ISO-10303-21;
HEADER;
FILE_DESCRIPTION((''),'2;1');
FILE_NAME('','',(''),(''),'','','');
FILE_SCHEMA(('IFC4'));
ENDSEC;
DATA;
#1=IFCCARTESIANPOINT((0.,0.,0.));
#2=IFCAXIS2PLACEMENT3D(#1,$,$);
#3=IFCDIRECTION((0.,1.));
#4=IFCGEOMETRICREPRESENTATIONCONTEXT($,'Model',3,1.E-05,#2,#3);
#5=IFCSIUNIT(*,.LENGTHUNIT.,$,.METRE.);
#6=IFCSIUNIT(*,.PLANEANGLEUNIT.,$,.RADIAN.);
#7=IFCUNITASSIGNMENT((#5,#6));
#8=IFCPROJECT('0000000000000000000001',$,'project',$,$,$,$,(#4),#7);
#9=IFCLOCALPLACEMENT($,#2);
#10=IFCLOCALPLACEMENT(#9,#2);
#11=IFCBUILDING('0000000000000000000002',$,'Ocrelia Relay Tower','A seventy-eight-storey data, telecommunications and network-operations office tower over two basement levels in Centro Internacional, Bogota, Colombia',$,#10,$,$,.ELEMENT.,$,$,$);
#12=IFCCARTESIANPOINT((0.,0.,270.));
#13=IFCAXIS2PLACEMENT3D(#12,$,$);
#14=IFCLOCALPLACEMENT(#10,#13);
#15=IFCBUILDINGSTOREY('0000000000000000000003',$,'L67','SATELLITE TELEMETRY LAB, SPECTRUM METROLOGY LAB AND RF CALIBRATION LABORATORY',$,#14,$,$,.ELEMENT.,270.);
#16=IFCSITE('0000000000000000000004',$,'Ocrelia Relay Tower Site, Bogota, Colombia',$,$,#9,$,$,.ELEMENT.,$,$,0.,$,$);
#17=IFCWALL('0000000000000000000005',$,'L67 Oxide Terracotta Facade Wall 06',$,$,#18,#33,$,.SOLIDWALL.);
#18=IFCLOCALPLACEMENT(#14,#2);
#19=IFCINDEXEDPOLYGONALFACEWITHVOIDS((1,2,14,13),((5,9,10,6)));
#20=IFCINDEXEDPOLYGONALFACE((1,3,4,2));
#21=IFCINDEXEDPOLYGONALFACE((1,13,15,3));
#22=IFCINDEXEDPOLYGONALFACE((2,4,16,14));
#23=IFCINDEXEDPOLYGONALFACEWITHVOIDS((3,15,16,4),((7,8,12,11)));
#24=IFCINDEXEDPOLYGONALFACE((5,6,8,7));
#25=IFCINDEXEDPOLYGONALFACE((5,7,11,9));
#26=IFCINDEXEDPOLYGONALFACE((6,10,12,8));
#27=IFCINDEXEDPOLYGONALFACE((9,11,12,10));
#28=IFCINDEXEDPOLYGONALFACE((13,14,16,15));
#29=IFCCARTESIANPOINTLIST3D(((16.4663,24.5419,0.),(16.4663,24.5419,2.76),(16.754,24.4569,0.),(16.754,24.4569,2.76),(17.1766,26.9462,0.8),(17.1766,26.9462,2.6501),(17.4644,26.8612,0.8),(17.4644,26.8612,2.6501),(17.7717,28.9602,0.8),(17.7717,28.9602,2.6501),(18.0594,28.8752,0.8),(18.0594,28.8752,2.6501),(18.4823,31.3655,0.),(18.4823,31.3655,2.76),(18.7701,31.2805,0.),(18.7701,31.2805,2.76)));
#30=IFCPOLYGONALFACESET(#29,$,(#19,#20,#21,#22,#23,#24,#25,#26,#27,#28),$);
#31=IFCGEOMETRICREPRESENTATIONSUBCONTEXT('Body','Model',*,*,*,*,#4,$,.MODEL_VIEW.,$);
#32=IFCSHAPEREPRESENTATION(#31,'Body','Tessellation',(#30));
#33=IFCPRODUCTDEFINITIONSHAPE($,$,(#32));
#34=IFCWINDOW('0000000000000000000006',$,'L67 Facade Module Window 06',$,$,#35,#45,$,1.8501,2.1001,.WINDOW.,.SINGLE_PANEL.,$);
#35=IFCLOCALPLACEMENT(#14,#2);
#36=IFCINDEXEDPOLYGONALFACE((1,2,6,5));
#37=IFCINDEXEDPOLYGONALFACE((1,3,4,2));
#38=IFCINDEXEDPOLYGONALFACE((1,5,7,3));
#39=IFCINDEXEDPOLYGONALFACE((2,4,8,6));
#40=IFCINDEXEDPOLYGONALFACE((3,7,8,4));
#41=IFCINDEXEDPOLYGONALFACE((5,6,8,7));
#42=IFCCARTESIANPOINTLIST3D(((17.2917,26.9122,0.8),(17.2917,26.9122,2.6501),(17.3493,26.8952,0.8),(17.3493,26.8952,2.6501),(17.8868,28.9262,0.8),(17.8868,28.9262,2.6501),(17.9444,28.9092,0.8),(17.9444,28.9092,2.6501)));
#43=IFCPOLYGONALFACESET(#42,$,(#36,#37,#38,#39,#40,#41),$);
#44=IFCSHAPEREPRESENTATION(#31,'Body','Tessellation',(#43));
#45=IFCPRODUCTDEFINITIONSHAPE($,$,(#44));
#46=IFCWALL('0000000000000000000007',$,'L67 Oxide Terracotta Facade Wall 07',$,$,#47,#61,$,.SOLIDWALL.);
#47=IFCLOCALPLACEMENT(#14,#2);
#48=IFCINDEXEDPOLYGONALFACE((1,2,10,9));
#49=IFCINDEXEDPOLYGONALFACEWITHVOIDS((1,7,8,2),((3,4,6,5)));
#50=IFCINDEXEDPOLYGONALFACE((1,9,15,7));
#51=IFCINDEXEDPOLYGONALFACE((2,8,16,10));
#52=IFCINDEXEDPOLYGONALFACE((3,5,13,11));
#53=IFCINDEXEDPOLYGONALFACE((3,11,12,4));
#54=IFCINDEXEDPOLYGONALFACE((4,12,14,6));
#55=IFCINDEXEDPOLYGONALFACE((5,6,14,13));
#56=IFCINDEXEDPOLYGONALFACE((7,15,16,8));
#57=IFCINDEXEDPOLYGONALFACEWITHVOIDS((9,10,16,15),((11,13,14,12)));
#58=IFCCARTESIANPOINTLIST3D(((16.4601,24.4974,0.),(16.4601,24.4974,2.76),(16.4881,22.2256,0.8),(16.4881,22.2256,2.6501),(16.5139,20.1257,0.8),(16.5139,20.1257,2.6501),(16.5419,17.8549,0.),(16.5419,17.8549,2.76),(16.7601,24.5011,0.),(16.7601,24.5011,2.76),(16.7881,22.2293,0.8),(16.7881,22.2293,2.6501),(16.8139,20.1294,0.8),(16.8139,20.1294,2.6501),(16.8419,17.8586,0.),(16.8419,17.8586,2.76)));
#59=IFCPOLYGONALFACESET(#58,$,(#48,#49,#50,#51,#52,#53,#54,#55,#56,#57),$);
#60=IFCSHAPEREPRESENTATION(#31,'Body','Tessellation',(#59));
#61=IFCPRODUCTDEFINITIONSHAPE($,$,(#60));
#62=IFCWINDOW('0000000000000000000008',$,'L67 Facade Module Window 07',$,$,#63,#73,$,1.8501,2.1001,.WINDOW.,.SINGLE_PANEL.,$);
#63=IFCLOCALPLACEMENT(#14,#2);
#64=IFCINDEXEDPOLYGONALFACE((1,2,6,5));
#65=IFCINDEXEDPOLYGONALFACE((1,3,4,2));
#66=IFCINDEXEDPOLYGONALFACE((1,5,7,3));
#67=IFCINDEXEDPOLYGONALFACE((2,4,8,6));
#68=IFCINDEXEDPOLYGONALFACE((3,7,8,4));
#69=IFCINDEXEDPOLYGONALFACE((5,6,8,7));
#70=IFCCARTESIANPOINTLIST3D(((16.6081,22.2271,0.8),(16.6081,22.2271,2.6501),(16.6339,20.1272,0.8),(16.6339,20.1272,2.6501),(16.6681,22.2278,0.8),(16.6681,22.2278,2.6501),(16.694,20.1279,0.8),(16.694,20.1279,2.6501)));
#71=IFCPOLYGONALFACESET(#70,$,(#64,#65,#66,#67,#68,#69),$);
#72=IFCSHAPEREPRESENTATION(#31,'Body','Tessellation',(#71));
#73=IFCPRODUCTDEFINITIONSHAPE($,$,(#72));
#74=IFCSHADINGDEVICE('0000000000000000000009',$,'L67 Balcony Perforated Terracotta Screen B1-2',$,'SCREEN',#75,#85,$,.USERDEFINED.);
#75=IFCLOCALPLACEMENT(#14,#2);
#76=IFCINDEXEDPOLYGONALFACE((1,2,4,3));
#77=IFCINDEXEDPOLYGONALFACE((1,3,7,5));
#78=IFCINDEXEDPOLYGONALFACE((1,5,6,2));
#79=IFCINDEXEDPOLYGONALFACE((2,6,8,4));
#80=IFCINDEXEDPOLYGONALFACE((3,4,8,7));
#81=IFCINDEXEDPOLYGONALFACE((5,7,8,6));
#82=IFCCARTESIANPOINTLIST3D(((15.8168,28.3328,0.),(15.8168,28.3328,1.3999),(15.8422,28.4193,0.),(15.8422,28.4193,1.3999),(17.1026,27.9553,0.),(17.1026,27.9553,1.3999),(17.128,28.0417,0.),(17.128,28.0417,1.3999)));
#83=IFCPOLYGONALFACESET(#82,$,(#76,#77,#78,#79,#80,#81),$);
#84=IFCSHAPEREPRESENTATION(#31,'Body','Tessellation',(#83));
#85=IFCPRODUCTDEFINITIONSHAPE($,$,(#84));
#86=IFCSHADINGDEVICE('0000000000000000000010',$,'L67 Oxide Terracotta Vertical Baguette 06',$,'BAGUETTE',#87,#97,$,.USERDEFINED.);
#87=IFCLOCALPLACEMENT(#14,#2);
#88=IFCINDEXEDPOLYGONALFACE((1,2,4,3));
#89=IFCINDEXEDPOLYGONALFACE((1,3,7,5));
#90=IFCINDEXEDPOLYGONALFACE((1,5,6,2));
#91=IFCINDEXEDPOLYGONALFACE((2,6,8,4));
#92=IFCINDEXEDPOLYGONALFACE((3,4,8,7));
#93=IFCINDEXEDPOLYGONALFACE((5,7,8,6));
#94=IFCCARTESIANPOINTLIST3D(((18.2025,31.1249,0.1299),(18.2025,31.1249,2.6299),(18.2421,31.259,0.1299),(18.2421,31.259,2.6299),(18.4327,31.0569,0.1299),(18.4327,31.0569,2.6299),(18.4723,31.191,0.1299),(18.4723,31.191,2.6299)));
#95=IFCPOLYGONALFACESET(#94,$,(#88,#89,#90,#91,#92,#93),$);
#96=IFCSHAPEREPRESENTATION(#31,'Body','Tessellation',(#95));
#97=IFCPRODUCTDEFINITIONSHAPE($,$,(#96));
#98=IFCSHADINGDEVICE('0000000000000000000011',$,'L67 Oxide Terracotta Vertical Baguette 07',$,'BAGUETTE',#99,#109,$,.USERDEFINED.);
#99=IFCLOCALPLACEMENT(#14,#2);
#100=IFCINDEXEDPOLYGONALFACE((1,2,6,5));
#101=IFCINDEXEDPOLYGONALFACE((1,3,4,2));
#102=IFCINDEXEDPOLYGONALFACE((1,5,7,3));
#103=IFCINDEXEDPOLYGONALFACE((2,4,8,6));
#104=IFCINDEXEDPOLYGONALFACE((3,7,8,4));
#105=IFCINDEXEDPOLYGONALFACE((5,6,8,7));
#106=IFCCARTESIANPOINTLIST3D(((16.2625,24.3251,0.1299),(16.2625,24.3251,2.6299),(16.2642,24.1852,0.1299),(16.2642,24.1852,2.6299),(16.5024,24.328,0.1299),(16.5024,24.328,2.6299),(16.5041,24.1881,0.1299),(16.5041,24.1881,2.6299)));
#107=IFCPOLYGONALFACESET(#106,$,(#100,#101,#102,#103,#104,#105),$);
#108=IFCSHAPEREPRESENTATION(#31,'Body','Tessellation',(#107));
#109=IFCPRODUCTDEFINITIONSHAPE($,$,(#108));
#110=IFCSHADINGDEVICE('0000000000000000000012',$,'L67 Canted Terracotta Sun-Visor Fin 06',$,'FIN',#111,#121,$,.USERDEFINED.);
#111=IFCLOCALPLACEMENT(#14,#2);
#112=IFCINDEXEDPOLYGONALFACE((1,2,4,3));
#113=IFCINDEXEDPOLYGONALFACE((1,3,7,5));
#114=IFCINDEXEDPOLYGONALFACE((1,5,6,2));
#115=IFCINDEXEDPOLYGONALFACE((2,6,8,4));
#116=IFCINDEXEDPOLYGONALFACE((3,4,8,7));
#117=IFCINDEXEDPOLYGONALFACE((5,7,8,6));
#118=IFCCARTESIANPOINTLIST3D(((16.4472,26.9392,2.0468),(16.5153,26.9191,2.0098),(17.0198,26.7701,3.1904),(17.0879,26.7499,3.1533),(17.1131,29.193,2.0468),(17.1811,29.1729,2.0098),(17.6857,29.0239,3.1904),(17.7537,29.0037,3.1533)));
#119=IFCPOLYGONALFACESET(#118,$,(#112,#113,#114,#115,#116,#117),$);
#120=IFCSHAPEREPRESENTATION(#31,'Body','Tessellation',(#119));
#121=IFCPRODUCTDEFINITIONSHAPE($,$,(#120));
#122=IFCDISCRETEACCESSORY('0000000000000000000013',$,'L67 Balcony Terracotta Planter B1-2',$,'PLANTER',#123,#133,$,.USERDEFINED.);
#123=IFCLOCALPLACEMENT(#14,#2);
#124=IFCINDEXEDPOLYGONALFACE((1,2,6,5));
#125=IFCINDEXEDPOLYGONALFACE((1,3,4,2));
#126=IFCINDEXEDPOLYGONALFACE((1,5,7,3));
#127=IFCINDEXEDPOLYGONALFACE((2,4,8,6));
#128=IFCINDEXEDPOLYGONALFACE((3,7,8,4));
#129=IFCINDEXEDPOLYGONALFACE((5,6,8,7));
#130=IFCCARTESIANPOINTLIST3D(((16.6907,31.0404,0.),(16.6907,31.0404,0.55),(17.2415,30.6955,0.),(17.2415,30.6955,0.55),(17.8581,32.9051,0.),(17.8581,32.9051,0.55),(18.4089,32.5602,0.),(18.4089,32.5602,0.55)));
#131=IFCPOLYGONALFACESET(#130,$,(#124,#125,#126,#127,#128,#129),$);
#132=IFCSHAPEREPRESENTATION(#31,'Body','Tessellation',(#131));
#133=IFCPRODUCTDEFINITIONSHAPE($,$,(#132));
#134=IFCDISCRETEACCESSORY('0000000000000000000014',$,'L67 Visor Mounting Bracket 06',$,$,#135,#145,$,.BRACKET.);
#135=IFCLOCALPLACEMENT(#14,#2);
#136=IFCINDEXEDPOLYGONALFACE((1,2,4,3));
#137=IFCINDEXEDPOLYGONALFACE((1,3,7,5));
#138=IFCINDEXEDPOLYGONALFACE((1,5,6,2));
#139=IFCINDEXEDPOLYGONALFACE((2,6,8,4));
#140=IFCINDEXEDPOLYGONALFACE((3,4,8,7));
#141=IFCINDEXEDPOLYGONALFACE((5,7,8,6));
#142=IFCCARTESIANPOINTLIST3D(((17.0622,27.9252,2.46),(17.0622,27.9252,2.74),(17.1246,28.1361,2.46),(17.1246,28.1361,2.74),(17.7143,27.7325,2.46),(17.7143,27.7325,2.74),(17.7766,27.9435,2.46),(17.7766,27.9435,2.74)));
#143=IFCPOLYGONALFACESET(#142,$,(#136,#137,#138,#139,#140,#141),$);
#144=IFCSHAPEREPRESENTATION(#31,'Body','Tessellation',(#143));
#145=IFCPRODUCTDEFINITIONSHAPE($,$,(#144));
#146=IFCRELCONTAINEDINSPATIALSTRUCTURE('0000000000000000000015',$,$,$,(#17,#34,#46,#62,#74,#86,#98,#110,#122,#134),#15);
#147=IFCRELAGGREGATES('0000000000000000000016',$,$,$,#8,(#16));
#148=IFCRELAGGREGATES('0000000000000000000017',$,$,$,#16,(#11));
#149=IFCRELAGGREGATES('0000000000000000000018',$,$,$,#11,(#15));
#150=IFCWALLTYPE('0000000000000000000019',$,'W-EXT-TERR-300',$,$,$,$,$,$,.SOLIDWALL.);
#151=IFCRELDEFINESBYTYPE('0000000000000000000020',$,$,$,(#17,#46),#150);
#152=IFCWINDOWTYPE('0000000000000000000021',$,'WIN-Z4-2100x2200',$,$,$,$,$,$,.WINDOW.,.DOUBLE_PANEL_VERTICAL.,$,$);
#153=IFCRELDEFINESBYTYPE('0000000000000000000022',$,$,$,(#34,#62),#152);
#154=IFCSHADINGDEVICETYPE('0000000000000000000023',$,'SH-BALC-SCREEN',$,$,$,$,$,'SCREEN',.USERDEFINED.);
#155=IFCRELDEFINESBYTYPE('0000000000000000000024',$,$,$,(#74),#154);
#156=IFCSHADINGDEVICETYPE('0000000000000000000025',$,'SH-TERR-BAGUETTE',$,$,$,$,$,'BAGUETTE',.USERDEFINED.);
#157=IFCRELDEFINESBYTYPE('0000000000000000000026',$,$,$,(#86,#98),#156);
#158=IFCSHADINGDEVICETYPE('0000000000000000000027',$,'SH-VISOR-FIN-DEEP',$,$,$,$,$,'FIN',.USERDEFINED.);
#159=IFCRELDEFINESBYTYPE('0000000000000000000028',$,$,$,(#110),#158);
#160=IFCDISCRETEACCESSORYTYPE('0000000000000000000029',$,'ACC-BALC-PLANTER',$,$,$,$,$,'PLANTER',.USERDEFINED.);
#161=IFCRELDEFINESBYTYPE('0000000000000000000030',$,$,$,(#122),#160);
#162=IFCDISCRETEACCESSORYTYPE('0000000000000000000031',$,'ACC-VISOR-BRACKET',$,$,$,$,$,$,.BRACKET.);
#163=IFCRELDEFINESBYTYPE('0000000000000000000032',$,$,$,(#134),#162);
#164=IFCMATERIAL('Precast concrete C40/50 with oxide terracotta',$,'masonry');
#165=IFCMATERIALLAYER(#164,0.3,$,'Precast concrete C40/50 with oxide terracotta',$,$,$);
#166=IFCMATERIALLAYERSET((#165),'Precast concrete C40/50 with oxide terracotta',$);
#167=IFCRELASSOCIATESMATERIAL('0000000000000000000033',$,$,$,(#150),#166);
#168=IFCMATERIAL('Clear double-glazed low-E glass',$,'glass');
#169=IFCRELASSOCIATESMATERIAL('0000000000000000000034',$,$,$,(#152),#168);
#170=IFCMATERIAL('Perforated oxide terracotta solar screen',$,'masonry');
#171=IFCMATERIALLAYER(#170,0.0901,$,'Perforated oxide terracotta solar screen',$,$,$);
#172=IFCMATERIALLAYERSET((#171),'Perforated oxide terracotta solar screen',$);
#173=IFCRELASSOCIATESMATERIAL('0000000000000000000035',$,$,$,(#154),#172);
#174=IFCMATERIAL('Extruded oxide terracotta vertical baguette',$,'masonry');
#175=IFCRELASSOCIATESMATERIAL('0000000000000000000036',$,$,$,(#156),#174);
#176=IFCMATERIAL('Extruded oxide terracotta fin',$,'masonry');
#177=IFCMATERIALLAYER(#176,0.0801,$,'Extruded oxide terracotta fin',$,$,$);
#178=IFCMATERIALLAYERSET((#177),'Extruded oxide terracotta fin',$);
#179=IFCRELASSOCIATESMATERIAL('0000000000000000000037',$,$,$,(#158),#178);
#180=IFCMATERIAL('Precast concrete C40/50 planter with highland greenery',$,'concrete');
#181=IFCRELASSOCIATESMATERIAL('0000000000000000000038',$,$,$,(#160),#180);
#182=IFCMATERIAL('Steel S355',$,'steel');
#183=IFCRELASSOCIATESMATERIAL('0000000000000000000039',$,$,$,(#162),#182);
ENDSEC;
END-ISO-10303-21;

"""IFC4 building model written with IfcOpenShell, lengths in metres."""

from ifc_helpers import new_model, si_unit, direction, frame, frame_2d, origin, origin_2d, place, context, subcontext, project, spatial, rectangle, extrude, material, layer, layer_set, type_object, element, fill, save


model = new_model("IFC4")

# Units and contexts
model_context = context("Model", 3, precision=1e-05, world=origin(), true_north=direction((0.0, 1.0)))
body_context = subcontext(model_context, "Body", "Model", "MODEL_VIEW")
ifc_project = project(units=[si_unit("LENGTHUNIT", "METRE"), si_unit("PLANEANGLEUNIT", "RADIAN")], contexts=[model_context])

# Site, building, storey
site_placement = place(None, origin())
site = spatial("IfcSite", under=ifc_project, at=site_placement, Name="Ocrelia Relay Tower Site, Bogota, Colombia", CompositionType="ELEMENT", RefElevation=0.0)
building_placement = place(site_placement, origin())
building = spatial("IfcBuilding", under=site, at=building_placement, Name="Ocrelia Relay Tower", Description="A seventy-eight-storey data, telecommunications and network-operations office tower over two basement levels in Centro Internacional, Bogota, Colombia", CompositionType="ELEMENT")
storey_placement = place(building_placement, frame((0.0, 0.0, 270.0)))
storey = spatial("IfcBuildingStorey", under=building, at=storey_placement, Name="L67", Description="SATELLITE TELEMETRY LAB, SPECTRUM METROLOGY LAB AND RF CALIBRATION LABORATORY", CompositionType="ELEMENT", Elevation=270.0)

# Shared definitions
ifc_material_1 = material(Name="Steel S355", Category="steel")

# Walls, openings, windows
ifc_material_2 = material(Name="Precast concrete C40/50 with oxide terracotta", Category="masonry")
ifc_layer_1 = layer(ifc_material_2, 0.3, Name="Precast concrete C40/50 with oxide terracotta")
ifc_layer_set_1 = layer_set([ifc_layer_1], Name="Precast concrete C40/50 with oxide terracotta")
wall_type_1 = type_object("IfcWallType", Name="W-EXT-TERR-300", PredefinedType="SOLIDWALL", material=ifc_layer_set_1)
wall_1_placement = place(storey_placement, frame((18.6262, 31.323, 0.0), z_axis=(0.0, 0.0, 1.0), x_axis=(-0.283348, -0.959017, 0.0)))
wall_1 = element("IfcWall", 1, at=wall_1_placement, inside=storey, type_object=wall_type_1, Name="L67 Oxide Terracotta Facade Wall 06", PredefinedType="SOLIDWALL", context=body_context, shape_type="SweptSolid", body=[
    extrude(rectangle(XDim=7.1152, YDim=0.3, at=frame_2d((3.5576, 0.0))), origin(), (0.0, 0.0, 1.0), 2.76),
])
opening_1_placement = place(wall_1_placement, frame((2.5081, 0.0, 0.8)))
opening_1 = element("IfcOpeningElement", 2, at=opening_1_placement, cuts=wall_1, PredefinedType="OPENING", context=body_context, shape_type="SweptSolid", body=[
    extrude(rectangle(XDim=2.1001, YDim=1.8501, at=frame_2d((1.05, 0.925))), frame((0.0, 0.1602, 0.0), z_axis=(0.0, -1.0, 0.0), x_axis=(1.0, 0.0, 0.0)), (0.0, 0.0, 1.0), 0.3201),
])
ifc_material_3 = material(Name="Clear double-glazed low-E glass", Category="glass")
window_type = type_object("IfcWindowType", Name="WIN-Z4-2100x2200", PartitioningType="DOUBLE_PANEL_VERTICAL", PredefinedType="WINDOW", material=ifc_material_3)
window_1_placement = place(opening_1_placement, origin())
window_1 = element("IfcWindow", 3, at=window_1_placement, inside=storey, type_object=window_type, Name="L67 Facade Module Window 06", OverallHeight=1.8501, OverallWidth=2.1001, PartitioningType="SINGLE_PANEL", PredefinedType="WINDOW", context=body_context, shape_type="SweptSolid", body=[
    extrude(rectangle(XDim=2.1001, YDim=1.8501, at=frame_2d((1.05, 0.925))), frame((0.0, 0.03, 0.0), z_axis=(0.0, -1.0, 0.0), x_axis=(1.0, 0.0, 0.0)), (0.0, 0.0, 1.0), 0.0601),
])
fill(opening_1, window_1)
wall_2_placement = place(storey_placement, frame((16.6101, 24.4993, 0.0), z_axis=(0.0, 0.0, 1.0), x_axis=(0.012312, -0.999924, 0.0)))
wall_2 = element("IfcWall", 4, at=wall_2_placement, inside=storey, type_object=wall_type_1, Name="L67 Oxide Terracotta Facade Wall 07", PredefinedType="SOLIDWALL", context=body_context, shape_type="SweptSolid", body=[
    extrude(rectangle(XDim=6.6431, YDim=0.3, at=frame_2d((3.3215, 0.0))), origin(), (0.0, 0.0, 1.0), 2.76),
])
opening_2_placement = place(wall_2_placement, frame((2.272, 0.0, 0.8)))
opening_2 = element("IfcOpeningElement", 5, at=opening_2_placement, cuts=wall_2, PredefinedType="OPENING", context=body_context, shape_type="SweptSolid", body=[
    extrude(rectangle(XDim=2.1001, YDim=1.8501, at=frame_2d((1.05, 0.925))), frame((0.0, 0.1602, 0.0), z_axis=(0.0, -1.0, 0.0), x_axis=(1.0, 0.0, 0.0)), (0.0, 0.0, 1.0), 0.3201),
])
window_2_placement = place(opening_2_placement, origin())
window_2 = element("IfcWindow", 6, at=window_2_placement, inside=storey, type_object=window_type, Name="L67 Facade Module Window 07", OverallHeight=1.8501, OverallWidth=2.1001, PartitioningType="SINGLE_PANEL", PredefinedType="WINDOW", context=body_context, shape_type="SweptSolid", body=[
    extrude(rectangle(XDim=2.1001, YDim=1.8501, at=frame_2d((1.05, 0.925))), frame((0.0, 0.03, 0.0), z_axis=(0.0, -1.0, 0.0), x_axis=(1.0, 0.0, 0.0)), (0.0, 0.0, 1.0), 0.0601),
])
fill(opening_2, window_2)

# Shading devices
ifc_material_4 = material(Name="Perforated oxide terracotta solar screen", Category="masonry")
ifc_layer_2 = layer(ifc_material_4, 0.0901, Name="Perforated oxide terracotta solar screen")
ifc_layer_set_2 = layer_set([ifc_layer_2], Name="Perforated oxide terracotta solar screen")
shading_device_type_1 = type_object("IfcShadingDeviceType", Name="SH-BALC-SCREEN", ElementType="SCREEN", PredefinedType="USERDEFINED", material=ifc_layer_set_2)
shading_device_1_placement = place(storey_placement, frame((16.4724, 28.1873, 0.0), z_axis=(0.0, 0.0, 1.0), x_axis=(-0.959489, 0.281747, 0.0)))
element("IfcShadingDevice", 7, at=shading_device_1_placement, inside=storey, type_object=shading_device_type_1, Name="L67 Balcony Perforated Terracotta Screen B1-2", ObjectType="SCREEN", PredefinedType="USERDEFINED", context=body_context, shape_type="SweptSolid", body=[
    extrude(rectangle(XDim=1.3401, YDim=0.0901, at=origin_2d()), origin(), (0.0, 0.0, 1.0), 1.3999),
])
ifc_material_5 = material(Name="Extruded oxide terracotta vertical baguette", Category="masonry")
shading_device_type_2 = type_object("IfcShadingDeviceType", Name="SH-TERR-BAGUETTE", ElementType="BAGUETTE", PredefinedType="USERDEFINED", material=ifc_material_5)
for number, where, z_axis, x_axis, name in (
    (8, (18.3374, 31.158, 0.1299), (0.0, 0.0, 1.0), (-0.283321, -0.959025, 0.0), "L67 Oxide Terracotta Vertical Baguette 06"),
    (9, (16.3833, 24.2566, 0.1299), (0.0, 0.0, 1.0), (0.012283, -0.999925, 0.0), "L67 Oxide Terracotta Vertical Baguette 07"),
):
    element("IfcShadingDevice", number, at=place(storey_placement, frame(where, z_axis=z_axis, x_axis=x_axis)), inside=storey, type_object=shading_device_type_2, Name=name, ObjectType="BAGUETTE", PredefinedType="USERDEFINED", context=body_context, shape_type="SweptSolid", body=[
        extrude(rectangle(XDim=0.1399, YDim=0.24, at=origin_2d()), origin(), (0.0, 0.0, 1.0), 2.5),
    ])
ifc_material_6 = material(Name="Extruded oxide terracotta fin", Category="masonry")
ifc_layer_3 = layer(ifc_material_6, 0.0801, Name="Extruded oxide terracotta fin")
ifc_layer_set_3 = layer_set([ifc_layer_3], Name="Extruded oxide terracotta fin")
shading_device_type_3 = type_object("IfcShadingDeviceType", Name="SH-VISOR-FIN-DEEP", ElementType="FIN", PredefinedType="USERDEFINED", material=ifc_layer_set_3)
shading_device_2_placement = place(storey_placement, frame((17.1345, 27.9614, 2.5815), z_axis=(-0.850124, 0.251149, 0.462832), x_axis=(-0.283321, -0.959025, 0.0)))
element("IfcShadingDevice", 10, at=shading_device_2_placement, inside=storey, type_object=shading_device_type_3, Name="L67 Canted Terracotta Sun-Visor Fin 06", ObjectType="FIN", PredefinedType="USERDEFINED", context=body_context, shape_type="SweptSolid", body=[
    extrude(rectangle(XDim=2.3501, YDim=1.29, at=origin_2d()), origin(), (0.0, 0.0, 1.0), 0.0801),
])

# Discrete accessories
ifc_material_7 = material(Name="Precast concrete C40/50 planter with highland greenery", Category="concrete")
discrete_accessory_type_1 = type_object("IfcDiscreteAccessoryType", Name="ACC-BALC-PLANTER", ElementType="PLANTER", PredefinedType="USERDEFINED", material=ifc_material_7)
discrete_accessory_1_placement = place(storey_placement, frame((17.5498, 31.8003, 0.0), z_axis=(0.0, 0.0, 1.0), x_axis=(0.530652, 0.84759, 0.0)))
element("IfcDiscreteAccessory", 11, at=discrete_accessory_1_placement, inside=storey, type_object=discrete_accessory_type_1, Name="L67 Balcony Terracotta Planter B1-2", ObjectType="PLANTER", PredefinedType="USERDEFINED", context=body_context, shape_type="SweptSolid", body=[
    extrude(rectangle(XDim=2.2, YDim=0.6499, at=origin_2d()), origin(), (0.0, 0.0, 1.0), 0.55),
])
discrete_accessory_type_2 = type_object("IfcDiscreteAccessoryType", Name="ACC-VISOR-BRACKET", PredefinedType="BRACKET", material=ifc_material_1)
discrete_accessory_2_placement = place(storey_placement, frame((17.4194, 27.9343, 2.46), z_axis=(0.0, 0.0, 1.0), x_axis=(-0.283321, -0.959025, 0.0)))
element("IfcDiscreteAccessory", 12, at=discrete_accessory_2_placement, inside=storey, type_object=discrete_accessory_type_2, Name="L67 Visor Mounting Bracket 06", PredefinedType="BRACKET", context=body_context, shape_type="SweptSolid", body=[
    extrude(rectangle(XDim=0.22, YDim=0.6799, at=origin_2d()), origin(), (0.0, 0.0, 1.0), 0.28),
])

save(model, "model.ifc")
